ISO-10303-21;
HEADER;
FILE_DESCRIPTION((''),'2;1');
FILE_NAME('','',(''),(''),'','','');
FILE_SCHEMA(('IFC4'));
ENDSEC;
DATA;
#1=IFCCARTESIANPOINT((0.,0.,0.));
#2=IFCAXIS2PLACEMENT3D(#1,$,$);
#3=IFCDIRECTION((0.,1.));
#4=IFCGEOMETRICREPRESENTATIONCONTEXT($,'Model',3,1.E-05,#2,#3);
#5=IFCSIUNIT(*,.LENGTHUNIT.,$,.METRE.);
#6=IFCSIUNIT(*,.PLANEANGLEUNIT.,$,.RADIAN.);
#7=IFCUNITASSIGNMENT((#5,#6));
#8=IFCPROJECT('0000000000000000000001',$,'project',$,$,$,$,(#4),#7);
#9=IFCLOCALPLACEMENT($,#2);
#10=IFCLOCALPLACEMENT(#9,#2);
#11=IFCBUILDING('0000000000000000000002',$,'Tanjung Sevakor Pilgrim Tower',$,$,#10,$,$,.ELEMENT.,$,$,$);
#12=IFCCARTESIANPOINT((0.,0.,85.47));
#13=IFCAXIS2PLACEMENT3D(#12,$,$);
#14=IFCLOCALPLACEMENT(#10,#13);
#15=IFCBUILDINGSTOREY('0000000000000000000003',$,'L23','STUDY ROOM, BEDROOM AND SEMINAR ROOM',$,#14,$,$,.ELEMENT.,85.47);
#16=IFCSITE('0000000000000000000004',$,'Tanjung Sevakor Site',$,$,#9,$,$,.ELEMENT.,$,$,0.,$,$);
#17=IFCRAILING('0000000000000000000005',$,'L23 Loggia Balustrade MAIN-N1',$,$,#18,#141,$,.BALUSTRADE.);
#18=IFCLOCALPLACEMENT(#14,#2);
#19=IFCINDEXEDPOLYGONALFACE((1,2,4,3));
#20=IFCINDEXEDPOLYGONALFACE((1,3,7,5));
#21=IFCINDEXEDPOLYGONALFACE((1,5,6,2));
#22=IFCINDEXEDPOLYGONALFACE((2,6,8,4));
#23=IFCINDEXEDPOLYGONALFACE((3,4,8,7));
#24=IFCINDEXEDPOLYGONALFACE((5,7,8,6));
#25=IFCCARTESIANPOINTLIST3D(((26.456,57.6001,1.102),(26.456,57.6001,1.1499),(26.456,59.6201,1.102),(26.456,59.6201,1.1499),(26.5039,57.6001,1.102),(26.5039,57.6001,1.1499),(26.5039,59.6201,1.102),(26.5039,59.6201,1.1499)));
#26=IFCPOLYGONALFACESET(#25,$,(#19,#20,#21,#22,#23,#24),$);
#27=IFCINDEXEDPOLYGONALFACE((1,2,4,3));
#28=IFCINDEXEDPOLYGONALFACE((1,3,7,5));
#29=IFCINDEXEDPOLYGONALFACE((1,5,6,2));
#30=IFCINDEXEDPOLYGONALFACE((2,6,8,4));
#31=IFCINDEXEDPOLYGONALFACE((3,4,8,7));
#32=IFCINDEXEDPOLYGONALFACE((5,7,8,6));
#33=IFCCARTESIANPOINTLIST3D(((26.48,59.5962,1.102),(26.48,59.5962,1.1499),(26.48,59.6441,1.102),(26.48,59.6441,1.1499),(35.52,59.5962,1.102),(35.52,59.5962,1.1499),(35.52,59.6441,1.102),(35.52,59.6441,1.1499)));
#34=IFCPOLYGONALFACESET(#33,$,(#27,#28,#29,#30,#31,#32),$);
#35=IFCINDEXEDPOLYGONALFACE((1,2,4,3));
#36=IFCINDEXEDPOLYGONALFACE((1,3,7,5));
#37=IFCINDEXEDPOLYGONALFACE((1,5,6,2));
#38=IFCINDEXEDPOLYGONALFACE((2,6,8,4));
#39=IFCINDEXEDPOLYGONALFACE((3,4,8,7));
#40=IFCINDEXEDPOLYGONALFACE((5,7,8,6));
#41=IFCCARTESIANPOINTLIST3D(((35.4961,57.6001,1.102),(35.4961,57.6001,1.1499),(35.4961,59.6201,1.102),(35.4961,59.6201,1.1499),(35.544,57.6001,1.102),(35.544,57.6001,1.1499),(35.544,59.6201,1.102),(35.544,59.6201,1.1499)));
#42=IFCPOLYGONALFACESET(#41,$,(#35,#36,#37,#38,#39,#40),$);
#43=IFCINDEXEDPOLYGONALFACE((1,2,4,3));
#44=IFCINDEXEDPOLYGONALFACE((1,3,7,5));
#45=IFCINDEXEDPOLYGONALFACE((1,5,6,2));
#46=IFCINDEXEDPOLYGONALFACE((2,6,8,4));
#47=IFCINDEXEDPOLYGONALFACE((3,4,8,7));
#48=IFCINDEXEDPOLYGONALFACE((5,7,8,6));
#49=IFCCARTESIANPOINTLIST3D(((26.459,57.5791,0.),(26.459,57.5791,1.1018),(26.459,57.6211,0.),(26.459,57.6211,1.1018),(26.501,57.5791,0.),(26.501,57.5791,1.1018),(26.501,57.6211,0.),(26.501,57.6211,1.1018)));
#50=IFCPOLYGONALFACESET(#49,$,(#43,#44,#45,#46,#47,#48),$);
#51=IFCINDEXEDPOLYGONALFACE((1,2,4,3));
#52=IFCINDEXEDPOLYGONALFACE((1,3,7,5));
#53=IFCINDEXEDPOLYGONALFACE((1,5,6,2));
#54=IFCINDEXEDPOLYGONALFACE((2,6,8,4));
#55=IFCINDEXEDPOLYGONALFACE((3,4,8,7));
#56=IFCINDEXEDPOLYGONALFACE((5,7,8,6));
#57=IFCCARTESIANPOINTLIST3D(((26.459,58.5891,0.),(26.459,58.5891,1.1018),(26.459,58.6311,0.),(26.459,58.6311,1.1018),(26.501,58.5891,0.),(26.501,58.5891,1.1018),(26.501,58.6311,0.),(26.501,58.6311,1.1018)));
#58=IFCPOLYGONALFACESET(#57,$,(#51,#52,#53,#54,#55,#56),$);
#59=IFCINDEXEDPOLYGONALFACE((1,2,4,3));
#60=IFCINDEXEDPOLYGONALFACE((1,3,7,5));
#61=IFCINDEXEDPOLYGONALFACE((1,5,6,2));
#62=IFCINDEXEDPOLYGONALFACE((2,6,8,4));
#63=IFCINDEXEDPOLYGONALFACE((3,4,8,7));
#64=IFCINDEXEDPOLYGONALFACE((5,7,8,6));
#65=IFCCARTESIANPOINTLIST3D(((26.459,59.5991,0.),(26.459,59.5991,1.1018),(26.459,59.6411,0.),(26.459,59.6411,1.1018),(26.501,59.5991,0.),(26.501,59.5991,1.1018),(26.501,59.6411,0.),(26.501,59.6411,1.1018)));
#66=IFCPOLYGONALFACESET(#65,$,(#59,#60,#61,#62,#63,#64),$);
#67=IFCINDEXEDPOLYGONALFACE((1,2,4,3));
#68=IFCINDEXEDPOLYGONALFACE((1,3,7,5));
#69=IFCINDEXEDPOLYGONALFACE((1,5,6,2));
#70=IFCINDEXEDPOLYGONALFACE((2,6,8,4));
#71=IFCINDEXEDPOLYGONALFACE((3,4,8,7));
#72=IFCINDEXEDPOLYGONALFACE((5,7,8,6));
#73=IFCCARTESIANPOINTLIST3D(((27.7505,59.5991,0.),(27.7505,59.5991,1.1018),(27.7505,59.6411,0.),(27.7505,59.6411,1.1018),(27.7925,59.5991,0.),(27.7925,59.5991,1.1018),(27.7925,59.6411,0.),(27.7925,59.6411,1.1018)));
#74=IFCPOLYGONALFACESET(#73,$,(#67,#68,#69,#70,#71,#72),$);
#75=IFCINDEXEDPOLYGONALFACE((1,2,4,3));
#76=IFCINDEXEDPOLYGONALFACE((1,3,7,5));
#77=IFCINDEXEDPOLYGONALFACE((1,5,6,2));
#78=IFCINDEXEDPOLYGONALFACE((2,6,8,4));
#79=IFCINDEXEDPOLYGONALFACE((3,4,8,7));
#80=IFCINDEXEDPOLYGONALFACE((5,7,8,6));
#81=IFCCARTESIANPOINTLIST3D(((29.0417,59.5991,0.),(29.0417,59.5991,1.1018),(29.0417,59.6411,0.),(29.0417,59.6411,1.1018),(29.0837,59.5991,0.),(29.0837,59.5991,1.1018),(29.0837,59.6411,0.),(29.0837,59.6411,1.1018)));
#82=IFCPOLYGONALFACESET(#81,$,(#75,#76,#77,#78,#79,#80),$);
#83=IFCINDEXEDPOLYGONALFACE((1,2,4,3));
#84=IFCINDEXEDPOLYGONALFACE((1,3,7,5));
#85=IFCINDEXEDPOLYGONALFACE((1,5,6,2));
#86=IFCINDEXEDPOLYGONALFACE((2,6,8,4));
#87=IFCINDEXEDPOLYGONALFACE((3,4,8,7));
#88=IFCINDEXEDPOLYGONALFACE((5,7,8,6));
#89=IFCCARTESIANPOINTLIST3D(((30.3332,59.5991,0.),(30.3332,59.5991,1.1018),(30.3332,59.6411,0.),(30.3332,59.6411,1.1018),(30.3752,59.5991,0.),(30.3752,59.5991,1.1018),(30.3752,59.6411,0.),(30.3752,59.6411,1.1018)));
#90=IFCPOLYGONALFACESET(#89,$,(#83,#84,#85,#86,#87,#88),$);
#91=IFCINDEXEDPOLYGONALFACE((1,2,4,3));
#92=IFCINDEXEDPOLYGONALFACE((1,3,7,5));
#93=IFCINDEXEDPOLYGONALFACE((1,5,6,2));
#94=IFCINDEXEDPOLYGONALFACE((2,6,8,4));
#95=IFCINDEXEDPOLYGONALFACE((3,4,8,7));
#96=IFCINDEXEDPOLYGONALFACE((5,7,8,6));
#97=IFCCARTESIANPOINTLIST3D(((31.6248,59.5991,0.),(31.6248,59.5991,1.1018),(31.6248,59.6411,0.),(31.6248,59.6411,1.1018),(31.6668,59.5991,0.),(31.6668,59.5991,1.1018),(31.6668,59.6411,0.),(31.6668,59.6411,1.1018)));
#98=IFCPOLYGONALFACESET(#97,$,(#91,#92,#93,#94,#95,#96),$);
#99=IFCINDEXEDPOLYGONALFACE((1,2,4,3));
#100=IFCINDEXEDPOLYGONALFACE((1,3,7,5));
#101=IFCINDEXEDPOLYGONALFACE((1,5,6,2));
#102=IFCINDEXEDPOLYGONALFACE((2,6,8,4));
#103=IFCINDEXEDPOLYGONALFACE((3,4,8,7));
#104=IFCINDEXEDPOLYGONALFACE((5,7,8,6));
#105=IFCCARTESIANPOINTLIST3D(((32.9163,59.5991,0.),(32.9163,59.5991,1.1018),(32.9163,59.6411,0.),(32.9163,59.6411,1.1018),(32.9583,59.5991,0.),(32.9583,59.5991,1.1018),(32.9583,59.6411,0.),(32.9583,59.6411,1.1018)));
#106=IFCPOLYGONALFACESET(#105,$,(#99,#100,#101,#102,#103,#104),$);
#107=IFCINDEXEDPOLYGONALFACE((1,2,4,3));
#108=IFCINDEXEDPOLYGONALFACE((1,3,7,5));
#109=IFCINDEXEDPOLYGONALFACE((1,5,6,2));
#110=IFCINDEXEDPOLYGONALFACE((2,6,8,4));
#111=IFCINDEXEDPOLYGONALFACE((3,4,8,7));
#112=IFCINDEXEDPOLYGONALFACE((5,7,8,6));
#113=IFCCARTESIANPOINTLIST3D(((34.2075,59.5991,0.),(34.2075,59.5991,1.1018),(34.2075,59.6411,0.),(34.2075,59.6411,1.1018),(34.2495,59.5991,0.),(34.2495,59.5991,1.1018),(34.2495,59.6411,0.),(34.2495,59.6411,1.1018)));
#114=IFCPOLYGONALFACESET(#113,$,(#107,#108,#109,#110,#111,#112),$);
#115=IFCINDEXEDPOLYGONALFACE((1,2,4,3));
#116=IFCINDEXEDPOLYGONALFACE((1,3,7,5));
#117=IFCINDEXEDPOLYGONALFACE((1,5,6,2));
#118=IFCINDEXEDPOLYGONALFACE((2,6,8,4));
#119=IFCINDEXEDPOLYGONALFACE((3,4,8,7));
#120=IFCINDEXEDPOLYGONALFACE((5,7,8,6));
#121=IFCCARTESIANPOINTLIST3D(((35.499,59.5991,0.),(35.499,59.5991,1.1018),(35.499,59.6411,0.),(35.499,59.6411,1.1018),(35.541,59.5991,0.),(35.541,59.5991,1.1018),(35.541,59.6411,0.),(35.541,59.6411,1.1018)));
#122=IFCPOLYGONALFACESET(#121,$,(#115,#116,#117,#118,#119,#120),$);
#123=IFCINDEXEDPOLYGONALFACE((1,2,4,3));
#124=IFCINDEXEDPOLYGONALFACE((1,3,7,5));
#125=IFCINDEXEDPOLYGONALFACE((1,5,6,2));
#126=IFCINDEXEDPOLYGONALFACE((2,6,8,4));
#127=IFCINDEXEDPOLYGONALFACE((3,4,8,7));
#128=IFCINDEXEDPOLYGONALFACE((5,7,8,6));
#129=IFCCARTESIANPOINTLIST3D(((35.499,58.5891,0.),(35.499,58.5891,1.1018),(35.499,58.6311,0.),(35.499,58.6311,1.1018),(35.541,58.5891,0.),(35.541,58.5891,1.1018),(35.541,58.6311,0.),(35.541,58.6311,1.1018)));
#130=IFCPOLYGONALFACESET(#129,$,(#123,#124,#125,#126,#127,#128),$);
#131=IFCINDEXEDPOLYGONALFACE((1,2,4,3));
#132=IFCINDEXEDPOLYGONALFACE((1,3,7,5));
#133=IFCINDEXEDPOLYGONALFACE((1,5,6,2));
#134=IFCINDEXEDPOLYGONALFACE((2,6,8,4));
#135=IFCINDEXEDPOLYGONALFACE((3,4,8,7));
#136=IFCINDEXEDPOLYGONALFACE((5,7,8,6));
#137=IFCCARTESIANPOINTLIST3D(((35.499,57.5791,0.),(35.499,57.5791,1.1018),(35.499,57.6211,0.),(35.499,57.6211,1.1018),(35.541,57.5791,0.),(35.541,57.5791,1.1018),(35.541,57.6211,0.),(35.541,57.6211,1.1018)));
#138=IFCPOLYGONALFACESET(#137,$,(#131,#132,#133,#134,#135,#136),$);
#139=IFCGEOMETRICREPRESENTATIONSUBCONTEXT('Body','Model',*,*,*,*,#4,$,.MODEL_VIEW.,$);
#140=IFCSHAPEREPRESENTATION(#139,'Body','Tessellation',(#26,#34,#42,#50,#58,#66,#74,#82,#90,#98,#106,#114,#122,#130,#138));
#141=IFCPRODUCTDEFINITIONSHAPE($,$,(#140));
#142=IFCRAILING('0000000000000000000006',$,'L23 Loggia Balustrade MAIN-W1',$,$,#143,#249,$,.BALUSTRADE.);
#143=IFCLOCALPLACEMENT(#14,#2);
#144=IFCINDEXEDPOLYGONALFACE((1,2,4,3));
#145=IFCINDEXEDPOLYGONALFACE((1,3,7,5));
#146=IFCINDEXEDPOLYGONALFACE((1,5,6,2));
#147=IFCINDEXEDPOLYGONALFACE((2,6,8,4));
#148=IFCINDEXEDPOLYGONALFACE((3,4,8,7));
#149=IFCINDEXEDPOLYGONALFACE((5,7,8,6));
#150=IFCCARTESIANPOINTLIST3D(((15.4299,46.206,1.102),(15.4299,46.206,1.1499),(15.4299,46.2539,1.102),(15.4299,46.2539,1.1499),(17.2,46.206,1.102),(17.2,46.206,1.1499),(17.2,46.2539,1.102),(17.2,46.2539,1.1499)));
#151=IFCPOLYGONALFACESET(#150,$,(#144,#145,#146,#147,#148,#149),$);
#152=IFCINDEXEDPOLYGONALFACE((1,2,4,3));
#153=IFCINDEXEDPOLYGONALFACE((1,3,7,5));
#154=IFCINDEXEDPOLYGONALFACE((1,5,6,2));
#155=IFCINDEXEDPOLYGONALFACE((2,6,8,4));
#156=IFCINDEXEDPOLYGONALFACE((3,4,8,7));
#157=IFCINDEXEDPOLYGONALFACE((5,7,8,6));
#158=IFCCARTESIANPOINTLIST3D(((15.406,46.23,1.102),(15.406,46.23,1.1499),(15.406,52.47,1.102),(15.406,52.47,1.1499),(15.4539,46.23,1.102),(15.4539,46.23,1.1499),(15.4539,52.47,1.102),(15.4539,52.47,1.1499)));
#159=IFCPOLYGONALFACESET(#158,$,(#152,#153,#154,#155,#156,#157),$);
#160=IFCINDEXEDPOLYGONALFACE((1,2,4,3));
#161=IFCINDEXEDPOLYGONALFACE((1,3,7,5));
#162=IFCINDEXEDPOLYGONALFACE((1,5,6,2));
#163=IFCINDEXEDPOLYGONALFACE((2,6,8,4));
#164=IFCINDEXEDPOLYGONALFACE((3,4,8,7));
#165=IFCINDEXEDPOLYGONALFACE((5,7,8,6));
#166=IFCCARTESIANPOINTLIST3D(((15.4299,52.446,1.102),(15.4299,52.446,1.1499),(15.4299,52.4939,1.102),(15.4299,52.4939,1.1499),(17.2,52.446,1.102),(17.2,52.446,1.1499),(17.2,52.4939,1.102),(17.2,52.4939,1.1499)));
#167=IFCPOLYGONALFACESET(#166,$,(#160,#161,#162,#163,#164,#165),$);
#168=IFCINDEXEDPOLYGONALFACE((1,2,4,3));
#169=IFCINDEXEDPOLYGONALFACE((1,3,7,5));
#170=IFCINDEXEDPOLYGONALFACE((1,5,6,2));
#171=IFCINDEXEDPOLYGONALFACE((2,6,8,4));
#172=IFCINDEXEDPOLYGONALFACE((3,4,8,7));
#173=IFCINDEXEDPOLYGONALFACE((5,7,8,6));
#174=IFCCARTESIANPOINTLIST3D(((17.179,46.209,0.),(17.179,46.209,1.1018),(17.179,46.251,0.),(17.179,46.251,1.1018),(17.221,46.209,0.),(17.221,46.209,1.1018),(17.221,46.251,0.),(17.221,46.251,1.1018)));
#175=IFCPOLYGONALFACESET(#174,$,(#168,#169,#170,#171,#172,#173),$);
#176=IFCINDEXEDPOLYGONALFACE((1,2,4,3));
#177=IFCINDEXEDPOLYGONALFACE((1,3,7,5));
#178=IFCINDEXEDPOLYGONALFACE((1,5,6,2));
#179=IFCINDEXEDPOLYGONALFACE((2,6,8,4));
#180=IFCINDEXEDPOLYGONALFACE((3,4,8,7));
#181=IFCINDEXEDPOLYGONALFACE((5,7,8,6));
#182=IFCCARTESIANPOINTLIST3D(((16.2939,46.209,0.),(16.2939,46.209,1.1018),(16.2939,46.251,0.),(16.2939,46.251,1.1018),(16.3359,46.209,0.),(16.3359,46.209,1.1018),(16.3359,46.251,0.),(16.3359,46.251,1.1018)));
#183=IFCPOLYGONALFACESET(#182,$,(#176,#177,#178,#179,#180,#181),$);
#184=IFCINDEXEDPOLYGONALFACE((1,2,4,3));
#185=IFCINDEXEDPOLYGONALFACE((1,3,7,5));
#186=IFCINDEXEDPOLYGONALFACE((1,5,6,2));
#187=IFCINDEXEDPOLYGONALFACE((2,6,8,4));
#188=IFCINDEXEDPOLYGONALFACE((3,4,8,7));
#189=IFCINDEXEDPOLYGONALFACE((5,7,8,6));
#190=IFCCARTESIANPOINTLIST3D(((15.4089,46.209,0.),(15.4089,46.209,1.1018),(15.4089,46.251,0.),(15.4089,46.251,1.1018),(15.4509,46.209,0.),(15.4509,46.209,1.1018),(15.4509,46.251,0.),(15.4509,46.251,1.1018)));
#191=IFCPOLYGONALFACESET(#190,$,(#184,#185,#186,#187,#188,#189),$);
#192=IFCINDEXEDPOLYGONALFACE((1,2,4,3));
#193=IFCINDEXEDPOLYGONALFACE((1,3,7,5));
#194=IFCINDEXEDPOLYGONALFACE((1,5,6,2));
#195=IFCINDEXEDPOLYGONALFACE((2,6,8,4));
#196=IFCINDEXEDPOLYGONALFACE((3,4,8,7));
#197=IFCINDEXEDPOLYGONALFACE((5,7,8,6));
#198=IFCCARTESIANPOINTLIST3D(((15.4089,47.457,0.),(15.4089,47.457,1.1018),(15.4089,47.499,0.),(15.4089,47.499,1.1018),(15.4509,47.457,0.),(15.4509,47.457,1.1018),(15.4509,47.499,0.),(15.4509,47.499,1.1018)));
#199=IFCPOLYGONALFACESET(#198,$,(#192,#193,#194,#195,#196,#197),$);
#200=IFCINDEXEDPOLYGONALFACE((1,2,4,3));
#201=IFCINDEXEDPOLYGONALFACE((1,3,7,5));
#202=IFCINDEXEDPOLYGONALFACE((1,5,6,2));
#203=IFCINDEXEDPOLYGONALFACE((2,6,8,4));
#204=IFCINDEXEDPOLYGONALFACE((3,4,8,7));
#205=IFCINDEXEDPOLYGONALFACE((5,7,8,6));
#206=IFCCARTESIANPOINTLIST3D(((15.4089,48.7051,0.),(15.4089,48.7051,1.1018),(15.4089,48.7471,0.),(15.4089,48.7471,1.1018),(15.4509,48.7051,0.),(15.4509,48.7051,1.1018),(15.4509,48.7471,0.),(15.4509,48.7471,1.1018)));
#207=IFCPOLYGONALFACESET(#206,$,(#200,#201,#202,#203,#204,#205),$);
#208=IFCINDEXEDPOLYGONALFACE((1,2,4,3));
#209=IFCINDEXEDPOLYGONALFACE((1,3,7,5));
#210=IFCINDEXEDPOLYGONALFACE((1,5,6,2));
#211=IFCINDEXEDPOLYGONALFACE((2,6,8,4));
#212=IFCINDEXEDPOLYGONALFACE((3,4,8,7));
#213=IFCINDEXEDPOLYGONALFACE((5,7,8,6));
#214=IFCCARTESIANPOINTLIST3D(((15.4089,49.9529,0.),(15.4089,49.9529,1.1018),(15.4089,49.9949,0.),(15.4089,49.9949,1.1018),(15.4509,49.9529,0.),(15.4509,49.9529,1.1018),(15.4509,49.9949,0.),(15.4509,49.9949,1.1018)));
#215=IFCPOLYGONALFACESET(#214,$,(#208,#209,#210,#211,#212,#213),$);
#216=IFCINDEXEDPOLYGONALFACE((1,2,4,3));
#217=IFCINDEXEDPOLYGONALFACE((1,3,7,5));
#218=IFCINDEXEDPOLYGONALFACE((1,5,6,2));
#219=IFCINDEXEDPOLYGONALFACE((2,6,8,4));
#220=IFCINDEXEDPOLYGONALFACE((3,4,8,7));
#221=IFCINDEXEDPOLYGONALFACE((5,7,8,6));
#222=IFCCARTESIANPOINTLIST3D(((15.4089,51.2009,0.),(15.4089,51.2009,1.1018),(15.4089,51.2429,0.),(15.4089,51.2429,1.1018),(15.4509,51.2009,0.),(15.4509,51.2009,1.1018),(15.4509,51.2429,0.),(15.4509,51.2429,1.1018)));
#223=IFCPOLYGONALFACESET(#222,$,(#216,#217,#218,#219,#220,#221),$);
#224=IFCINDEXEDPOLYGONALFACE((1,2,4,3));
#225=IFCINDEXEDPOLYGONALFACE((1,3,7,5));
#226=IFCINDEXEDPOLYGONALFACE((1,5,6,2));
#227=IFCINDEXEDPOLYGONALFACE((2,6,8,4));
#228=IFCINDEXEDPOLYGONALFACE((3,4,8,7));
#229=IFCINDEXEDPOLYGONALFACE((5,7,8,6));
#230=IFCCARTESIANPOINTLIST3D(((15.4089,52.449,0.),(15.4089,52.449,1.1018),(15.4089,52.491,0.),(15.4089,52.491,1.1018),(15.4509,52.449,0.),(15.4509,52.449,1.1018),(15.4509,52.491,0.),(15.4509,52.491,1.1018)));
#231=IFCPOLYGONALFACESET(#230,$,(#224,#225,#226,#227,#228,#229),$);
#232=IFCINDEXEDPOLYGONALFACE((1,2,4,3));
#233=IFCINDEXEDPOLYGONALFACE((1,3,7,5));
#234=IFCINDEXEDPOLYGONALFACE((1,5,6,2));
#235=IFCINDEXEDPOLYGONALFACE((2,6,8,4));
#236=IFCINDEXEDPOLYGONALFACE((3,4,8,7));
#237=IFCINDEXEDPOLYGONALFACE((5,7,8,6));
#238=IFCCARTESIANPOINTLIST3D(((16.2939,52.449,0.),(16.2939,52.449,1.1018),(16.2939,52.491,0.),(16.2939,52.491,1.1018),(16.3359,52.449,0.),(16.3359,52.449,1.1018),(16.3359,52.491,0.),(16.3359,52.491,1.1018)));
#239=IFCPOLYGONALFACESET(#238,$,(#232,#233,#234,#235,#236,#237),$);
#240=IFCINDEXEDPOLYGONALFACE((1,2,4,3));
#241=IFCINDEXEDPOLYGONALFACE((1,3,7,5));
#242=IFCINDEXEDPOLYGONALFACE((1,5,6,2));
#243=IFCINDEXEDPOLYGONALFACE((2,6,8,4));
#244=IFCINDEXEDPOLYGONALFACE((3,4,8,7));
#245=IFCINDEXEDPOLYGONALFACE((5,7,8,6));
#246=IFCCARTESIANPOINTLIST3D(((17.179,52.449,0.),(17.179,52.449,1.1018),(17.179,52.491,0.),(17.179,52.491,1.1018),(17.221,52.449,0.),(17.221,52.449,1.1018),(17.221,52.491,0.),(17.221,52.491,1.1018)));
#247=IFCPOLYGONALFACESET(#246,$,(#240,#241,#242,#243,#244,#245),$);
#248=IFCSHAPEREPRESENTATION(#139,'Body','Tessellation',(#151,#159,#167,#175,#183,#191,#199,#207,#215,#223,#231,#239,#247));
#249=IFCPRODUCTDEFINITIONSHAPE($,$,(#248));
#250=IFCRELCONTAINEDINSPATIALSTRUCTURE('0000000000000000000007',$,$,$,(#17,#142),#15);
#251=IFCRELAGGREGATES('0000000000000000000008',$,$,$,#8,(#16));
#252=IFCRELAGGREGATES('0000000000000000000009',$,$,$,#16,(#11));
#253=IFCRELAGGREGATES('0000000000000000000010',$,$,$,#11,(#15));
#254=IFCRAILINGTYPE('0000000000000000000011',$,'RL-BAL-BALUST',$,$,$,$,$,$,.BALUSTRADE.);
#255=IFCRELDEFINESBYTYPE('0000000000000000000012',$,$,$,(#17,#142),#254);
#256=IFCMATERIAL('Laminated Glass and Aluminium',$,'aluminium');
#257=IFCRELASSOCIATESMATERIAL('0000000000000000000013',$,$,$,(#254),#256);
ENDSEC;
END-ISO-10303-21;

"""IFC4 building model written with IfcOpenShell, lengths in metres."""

from ifc_helpers import new_model, si_unit, direction, frame, origin, place, context, subcontext, project, spatial, rectangle, extrude, material, type_object, element, save


model = new_model("IFC4")

# Units and contexts
model_context = context("Model", 3, precision=1e-05, world=origin(), true_north=direction((0.0, 1.0)))
body_context = subcontext(model_context, "Body", "Model", "MODEL_VIEW")
ifc_project = project(units=[si_unit("LENGTHUNIT", "METRE"), si_unit("PLANEANGLEUNIT", "RADIAN")], contexts=[model_context])

# Site, building, storey
site_placement = place(None, origin())
site = spatial("IfcSite", under=ifc_project, at=site_placement, Name="Tanjung Sevakor Site", CompositionType="ELEMENT", RefElevation=0.0)
building_placement = place(site_placement, origin())
building = spatial("IfcBuilding", under=site, at=building_placement, Name="Tanjung Sevakor Pilgrim Tower", CompositionType="ELEMENT")
storey_placement = place(building_placement, frame((0.0, 0.0, 85.47)))
storey = spatial("IfcBuildingStorey", under=building, at=storey_placement, Name="L23", Description="STUDY ROOM, BEDROOM AND SEMINAR ROOM", CompositionType="ELEMENT", Elevation=85.47)

# Railings
ifc_material_1 = material(Name="Laminated Glass and Aluminium", Category="aluminium")
railing_type = type_object("IfcRailingType", Name="RL-BAL-BALUST", PredefinedType="BALUSTRADE", material=ifc_material_1)
railing_1_placement = place(storey_placement, frame((26.48, 57.6001, 0.0)))
element("IfcRailing", 1, at=railing_1_placement, inside=storey, type_object=railing_type, Name="L23 Loggia Balustrade MAIN-N1", PredefinedType="BALUSTRADE", context=body_context, shape_type="SweptSolid", body=[
    extrude(rectangle(XDim=0.0479, YDim=0.0479), frame((0.0, 0.0, 1.126), z_axis=(0.0, 1.0, 0.0), x_axis=(-1.0, 0.0, 0.0)), (0.0, 0.0, 1.0), 2.02),
    extrude(rectangle(XDim=0.0479, YDim=0.0479), frame((0.0, 2.02, 1.126), z_axis=(1.0, 0.0, 0.0), x_axis=(0.0, 1.0, 0.0)), (0.0, 0.0, 1.0), 9.04),
    extrude(rectangle(XDim=0.0479, YDim=0.0479), frame((9.04, 2.02, 1.126), z_axis=(0.0, -1.0, 0.0), x_axis=(1.0, 0.0, 0.0)), (0.0, 0.0, 1.0), 2.02),
    extrude(rectangle(XDim=0.042, YDim=0.042), origin(), (0.0, 0.0, 1.0), 1.1018),
    extrude(rectangle(XDim=0.042, YDim=0.042), frame((0.0, 1.01, 0.0)), (0.0, 0.0, 1.0), 1.1018),
    extrude(rectangle(XDim=0.042, YDim=0.042), frame((0.0, 2.02, 0.0)), (0.0, 0.0, 1.0), 1.1018),
    extrude(rectangle(XDim=0.042, YDim=0.042), frame((1.2915, 2.02, 0.0)), (0.0, 0.0, 1.0), 1.1018),
    extrude(rectangle(XDim=0.042, YDim=0.042), frame((2.5828, 2.02, 0.0)), (0.0, 0.0, 1.0), 1.1018),
    extrude(rectangle(XDim=0.042, YDim=0.042), frame((3.8743, 2.02, 0.0)), (0.0, 0.0, 1.0), 1.1018),
    extrude(rectangle(XDim=0.042, YDim=0.042), frame((5.1658, 2.02, 0.0)), (0.0, 0.0, 1.0), 1.1018),
    extrude(rectangle(XDim=0.042, YDim=0.042), frame((6.4573, 2.02, 0.0)), (0.0, 0.0, 1.0), 1.1018),
    extrude(rectangle(XDim=0.042, YDim=0.042), frame((7.7485, 2.02, 0.0)), (0.0, 0.0, 1.0), 1.1018),
    extrude(rectangle(XDim=0.042, YDim=0.042), frame((9.04, 2.02, 0.0)), (0.0, 0.0, 1.0), 1.1018),
    extrude(rectangle(XDim=0.042, YDim=0.042), frame((9.04, 1.01, 0.0)), (0.0, 0.0, 1.0), 1.1018),
    extrude(rectangle(XDim=0.042, YDim=0.042), frame((9.04, 0.0, 0.0)), (0.0, 0.0, 1.0), 1.1018),
])
railing_2_placement = place(storey_placement, frame((17.2, 46.23, 0.0)))
element("IfcRailing", 2, at=railing_2_placement, inside=storey, type_object=railing_type, Name="L23 Loggia Balustrade MAIN-W1", PredefinedType="BALUSTRADE", context=body_context, shape_type="SweptSolid", body=[
    extrude(rectangle(XDim=0.0479, YDim=0.0479), frame((0.0, 0.0, 1.126), z_axis=(-1.0, 0.0, 0.0), x_axis=(0.0, -1.0, 0.0)), (0.0, 0.0, 1.0), 1.77),
    extrude(rectangle(XDim=0.0479, YDim=0.0479), frame((-1.77, 0.0, 1.126), z_axis=(0.0, 1.0, 0.0), x_axis=(-1.0, 0.0, 0.0)), (0.0, 0.0, 1.0), 6.24),
    extrude(rectangle(XDim=0.0479, YDim=0.0479), frame((-1.77, 6.24, 1.126), z_axis=(1.0, 0.0, 0.0), x_axis=(0.0, 1.0, 0.0)), (0.0, 0.0, 1.0), 1.77),
    extrude(rectangle(XDim=0.042, YDim=0.042), origin(), (0.0, 0.0, 1.0), 1.1018),
    extrude(rectangle(XDim=0.042, YDim=0.042), frame((-0.885, 0.0, 0.0)), (0.0, 0.0, 1.0), 1.1018),
    extrude(rectangle(XDim=0.042, YDim=0.042), frame((-1.77, 0.0, 0.0)), (0.0, 0.0, 1.0), 1.1018),
    extrude(rectangle(XDim=0.042, YDim=0.042), frame((-1.77, 1.248, 0.0)), (0.0, 0.0, 1.0), 1.1018),
    extrude(rectangle(XDim=0.042, YDim=0.042), frame((-1.77, 2.4961, 0.0)), (0.0, 0.0, 1.0), 1.1018),
    extrude(rectangle(XDim=0.042, YDim=0.042), frame((-1.77, 3.7439, 0.0)), (0.0, 0.0, 1.0), 1.1018),
    extrude(rectangle(XDim=0.042, YDim=0.042), frame((-1.77, 4.9919, 0.0)), (0.0, 0.0, 1.0), 1.1018),
    extrude(rectangle(XDim=0.042, YDim=0.042), frame((-1.77, 6.24, 0.0)), (0.0, 0.0, 1.0), 1.1018),
    extrude(rectangle(XDim=0.042, YDim=0.042), frame((-0.885, 6.24, 0.0)), (0.0, 0.0, 1.0), 1.1018),
    extrude(rectangle(XDim=0.042, YDim=0.042), frame((0.0, 6.24, 0.0)), (0.0, 0.0, 1.0), 1.1018),
])

save(model, "model.ifc")
